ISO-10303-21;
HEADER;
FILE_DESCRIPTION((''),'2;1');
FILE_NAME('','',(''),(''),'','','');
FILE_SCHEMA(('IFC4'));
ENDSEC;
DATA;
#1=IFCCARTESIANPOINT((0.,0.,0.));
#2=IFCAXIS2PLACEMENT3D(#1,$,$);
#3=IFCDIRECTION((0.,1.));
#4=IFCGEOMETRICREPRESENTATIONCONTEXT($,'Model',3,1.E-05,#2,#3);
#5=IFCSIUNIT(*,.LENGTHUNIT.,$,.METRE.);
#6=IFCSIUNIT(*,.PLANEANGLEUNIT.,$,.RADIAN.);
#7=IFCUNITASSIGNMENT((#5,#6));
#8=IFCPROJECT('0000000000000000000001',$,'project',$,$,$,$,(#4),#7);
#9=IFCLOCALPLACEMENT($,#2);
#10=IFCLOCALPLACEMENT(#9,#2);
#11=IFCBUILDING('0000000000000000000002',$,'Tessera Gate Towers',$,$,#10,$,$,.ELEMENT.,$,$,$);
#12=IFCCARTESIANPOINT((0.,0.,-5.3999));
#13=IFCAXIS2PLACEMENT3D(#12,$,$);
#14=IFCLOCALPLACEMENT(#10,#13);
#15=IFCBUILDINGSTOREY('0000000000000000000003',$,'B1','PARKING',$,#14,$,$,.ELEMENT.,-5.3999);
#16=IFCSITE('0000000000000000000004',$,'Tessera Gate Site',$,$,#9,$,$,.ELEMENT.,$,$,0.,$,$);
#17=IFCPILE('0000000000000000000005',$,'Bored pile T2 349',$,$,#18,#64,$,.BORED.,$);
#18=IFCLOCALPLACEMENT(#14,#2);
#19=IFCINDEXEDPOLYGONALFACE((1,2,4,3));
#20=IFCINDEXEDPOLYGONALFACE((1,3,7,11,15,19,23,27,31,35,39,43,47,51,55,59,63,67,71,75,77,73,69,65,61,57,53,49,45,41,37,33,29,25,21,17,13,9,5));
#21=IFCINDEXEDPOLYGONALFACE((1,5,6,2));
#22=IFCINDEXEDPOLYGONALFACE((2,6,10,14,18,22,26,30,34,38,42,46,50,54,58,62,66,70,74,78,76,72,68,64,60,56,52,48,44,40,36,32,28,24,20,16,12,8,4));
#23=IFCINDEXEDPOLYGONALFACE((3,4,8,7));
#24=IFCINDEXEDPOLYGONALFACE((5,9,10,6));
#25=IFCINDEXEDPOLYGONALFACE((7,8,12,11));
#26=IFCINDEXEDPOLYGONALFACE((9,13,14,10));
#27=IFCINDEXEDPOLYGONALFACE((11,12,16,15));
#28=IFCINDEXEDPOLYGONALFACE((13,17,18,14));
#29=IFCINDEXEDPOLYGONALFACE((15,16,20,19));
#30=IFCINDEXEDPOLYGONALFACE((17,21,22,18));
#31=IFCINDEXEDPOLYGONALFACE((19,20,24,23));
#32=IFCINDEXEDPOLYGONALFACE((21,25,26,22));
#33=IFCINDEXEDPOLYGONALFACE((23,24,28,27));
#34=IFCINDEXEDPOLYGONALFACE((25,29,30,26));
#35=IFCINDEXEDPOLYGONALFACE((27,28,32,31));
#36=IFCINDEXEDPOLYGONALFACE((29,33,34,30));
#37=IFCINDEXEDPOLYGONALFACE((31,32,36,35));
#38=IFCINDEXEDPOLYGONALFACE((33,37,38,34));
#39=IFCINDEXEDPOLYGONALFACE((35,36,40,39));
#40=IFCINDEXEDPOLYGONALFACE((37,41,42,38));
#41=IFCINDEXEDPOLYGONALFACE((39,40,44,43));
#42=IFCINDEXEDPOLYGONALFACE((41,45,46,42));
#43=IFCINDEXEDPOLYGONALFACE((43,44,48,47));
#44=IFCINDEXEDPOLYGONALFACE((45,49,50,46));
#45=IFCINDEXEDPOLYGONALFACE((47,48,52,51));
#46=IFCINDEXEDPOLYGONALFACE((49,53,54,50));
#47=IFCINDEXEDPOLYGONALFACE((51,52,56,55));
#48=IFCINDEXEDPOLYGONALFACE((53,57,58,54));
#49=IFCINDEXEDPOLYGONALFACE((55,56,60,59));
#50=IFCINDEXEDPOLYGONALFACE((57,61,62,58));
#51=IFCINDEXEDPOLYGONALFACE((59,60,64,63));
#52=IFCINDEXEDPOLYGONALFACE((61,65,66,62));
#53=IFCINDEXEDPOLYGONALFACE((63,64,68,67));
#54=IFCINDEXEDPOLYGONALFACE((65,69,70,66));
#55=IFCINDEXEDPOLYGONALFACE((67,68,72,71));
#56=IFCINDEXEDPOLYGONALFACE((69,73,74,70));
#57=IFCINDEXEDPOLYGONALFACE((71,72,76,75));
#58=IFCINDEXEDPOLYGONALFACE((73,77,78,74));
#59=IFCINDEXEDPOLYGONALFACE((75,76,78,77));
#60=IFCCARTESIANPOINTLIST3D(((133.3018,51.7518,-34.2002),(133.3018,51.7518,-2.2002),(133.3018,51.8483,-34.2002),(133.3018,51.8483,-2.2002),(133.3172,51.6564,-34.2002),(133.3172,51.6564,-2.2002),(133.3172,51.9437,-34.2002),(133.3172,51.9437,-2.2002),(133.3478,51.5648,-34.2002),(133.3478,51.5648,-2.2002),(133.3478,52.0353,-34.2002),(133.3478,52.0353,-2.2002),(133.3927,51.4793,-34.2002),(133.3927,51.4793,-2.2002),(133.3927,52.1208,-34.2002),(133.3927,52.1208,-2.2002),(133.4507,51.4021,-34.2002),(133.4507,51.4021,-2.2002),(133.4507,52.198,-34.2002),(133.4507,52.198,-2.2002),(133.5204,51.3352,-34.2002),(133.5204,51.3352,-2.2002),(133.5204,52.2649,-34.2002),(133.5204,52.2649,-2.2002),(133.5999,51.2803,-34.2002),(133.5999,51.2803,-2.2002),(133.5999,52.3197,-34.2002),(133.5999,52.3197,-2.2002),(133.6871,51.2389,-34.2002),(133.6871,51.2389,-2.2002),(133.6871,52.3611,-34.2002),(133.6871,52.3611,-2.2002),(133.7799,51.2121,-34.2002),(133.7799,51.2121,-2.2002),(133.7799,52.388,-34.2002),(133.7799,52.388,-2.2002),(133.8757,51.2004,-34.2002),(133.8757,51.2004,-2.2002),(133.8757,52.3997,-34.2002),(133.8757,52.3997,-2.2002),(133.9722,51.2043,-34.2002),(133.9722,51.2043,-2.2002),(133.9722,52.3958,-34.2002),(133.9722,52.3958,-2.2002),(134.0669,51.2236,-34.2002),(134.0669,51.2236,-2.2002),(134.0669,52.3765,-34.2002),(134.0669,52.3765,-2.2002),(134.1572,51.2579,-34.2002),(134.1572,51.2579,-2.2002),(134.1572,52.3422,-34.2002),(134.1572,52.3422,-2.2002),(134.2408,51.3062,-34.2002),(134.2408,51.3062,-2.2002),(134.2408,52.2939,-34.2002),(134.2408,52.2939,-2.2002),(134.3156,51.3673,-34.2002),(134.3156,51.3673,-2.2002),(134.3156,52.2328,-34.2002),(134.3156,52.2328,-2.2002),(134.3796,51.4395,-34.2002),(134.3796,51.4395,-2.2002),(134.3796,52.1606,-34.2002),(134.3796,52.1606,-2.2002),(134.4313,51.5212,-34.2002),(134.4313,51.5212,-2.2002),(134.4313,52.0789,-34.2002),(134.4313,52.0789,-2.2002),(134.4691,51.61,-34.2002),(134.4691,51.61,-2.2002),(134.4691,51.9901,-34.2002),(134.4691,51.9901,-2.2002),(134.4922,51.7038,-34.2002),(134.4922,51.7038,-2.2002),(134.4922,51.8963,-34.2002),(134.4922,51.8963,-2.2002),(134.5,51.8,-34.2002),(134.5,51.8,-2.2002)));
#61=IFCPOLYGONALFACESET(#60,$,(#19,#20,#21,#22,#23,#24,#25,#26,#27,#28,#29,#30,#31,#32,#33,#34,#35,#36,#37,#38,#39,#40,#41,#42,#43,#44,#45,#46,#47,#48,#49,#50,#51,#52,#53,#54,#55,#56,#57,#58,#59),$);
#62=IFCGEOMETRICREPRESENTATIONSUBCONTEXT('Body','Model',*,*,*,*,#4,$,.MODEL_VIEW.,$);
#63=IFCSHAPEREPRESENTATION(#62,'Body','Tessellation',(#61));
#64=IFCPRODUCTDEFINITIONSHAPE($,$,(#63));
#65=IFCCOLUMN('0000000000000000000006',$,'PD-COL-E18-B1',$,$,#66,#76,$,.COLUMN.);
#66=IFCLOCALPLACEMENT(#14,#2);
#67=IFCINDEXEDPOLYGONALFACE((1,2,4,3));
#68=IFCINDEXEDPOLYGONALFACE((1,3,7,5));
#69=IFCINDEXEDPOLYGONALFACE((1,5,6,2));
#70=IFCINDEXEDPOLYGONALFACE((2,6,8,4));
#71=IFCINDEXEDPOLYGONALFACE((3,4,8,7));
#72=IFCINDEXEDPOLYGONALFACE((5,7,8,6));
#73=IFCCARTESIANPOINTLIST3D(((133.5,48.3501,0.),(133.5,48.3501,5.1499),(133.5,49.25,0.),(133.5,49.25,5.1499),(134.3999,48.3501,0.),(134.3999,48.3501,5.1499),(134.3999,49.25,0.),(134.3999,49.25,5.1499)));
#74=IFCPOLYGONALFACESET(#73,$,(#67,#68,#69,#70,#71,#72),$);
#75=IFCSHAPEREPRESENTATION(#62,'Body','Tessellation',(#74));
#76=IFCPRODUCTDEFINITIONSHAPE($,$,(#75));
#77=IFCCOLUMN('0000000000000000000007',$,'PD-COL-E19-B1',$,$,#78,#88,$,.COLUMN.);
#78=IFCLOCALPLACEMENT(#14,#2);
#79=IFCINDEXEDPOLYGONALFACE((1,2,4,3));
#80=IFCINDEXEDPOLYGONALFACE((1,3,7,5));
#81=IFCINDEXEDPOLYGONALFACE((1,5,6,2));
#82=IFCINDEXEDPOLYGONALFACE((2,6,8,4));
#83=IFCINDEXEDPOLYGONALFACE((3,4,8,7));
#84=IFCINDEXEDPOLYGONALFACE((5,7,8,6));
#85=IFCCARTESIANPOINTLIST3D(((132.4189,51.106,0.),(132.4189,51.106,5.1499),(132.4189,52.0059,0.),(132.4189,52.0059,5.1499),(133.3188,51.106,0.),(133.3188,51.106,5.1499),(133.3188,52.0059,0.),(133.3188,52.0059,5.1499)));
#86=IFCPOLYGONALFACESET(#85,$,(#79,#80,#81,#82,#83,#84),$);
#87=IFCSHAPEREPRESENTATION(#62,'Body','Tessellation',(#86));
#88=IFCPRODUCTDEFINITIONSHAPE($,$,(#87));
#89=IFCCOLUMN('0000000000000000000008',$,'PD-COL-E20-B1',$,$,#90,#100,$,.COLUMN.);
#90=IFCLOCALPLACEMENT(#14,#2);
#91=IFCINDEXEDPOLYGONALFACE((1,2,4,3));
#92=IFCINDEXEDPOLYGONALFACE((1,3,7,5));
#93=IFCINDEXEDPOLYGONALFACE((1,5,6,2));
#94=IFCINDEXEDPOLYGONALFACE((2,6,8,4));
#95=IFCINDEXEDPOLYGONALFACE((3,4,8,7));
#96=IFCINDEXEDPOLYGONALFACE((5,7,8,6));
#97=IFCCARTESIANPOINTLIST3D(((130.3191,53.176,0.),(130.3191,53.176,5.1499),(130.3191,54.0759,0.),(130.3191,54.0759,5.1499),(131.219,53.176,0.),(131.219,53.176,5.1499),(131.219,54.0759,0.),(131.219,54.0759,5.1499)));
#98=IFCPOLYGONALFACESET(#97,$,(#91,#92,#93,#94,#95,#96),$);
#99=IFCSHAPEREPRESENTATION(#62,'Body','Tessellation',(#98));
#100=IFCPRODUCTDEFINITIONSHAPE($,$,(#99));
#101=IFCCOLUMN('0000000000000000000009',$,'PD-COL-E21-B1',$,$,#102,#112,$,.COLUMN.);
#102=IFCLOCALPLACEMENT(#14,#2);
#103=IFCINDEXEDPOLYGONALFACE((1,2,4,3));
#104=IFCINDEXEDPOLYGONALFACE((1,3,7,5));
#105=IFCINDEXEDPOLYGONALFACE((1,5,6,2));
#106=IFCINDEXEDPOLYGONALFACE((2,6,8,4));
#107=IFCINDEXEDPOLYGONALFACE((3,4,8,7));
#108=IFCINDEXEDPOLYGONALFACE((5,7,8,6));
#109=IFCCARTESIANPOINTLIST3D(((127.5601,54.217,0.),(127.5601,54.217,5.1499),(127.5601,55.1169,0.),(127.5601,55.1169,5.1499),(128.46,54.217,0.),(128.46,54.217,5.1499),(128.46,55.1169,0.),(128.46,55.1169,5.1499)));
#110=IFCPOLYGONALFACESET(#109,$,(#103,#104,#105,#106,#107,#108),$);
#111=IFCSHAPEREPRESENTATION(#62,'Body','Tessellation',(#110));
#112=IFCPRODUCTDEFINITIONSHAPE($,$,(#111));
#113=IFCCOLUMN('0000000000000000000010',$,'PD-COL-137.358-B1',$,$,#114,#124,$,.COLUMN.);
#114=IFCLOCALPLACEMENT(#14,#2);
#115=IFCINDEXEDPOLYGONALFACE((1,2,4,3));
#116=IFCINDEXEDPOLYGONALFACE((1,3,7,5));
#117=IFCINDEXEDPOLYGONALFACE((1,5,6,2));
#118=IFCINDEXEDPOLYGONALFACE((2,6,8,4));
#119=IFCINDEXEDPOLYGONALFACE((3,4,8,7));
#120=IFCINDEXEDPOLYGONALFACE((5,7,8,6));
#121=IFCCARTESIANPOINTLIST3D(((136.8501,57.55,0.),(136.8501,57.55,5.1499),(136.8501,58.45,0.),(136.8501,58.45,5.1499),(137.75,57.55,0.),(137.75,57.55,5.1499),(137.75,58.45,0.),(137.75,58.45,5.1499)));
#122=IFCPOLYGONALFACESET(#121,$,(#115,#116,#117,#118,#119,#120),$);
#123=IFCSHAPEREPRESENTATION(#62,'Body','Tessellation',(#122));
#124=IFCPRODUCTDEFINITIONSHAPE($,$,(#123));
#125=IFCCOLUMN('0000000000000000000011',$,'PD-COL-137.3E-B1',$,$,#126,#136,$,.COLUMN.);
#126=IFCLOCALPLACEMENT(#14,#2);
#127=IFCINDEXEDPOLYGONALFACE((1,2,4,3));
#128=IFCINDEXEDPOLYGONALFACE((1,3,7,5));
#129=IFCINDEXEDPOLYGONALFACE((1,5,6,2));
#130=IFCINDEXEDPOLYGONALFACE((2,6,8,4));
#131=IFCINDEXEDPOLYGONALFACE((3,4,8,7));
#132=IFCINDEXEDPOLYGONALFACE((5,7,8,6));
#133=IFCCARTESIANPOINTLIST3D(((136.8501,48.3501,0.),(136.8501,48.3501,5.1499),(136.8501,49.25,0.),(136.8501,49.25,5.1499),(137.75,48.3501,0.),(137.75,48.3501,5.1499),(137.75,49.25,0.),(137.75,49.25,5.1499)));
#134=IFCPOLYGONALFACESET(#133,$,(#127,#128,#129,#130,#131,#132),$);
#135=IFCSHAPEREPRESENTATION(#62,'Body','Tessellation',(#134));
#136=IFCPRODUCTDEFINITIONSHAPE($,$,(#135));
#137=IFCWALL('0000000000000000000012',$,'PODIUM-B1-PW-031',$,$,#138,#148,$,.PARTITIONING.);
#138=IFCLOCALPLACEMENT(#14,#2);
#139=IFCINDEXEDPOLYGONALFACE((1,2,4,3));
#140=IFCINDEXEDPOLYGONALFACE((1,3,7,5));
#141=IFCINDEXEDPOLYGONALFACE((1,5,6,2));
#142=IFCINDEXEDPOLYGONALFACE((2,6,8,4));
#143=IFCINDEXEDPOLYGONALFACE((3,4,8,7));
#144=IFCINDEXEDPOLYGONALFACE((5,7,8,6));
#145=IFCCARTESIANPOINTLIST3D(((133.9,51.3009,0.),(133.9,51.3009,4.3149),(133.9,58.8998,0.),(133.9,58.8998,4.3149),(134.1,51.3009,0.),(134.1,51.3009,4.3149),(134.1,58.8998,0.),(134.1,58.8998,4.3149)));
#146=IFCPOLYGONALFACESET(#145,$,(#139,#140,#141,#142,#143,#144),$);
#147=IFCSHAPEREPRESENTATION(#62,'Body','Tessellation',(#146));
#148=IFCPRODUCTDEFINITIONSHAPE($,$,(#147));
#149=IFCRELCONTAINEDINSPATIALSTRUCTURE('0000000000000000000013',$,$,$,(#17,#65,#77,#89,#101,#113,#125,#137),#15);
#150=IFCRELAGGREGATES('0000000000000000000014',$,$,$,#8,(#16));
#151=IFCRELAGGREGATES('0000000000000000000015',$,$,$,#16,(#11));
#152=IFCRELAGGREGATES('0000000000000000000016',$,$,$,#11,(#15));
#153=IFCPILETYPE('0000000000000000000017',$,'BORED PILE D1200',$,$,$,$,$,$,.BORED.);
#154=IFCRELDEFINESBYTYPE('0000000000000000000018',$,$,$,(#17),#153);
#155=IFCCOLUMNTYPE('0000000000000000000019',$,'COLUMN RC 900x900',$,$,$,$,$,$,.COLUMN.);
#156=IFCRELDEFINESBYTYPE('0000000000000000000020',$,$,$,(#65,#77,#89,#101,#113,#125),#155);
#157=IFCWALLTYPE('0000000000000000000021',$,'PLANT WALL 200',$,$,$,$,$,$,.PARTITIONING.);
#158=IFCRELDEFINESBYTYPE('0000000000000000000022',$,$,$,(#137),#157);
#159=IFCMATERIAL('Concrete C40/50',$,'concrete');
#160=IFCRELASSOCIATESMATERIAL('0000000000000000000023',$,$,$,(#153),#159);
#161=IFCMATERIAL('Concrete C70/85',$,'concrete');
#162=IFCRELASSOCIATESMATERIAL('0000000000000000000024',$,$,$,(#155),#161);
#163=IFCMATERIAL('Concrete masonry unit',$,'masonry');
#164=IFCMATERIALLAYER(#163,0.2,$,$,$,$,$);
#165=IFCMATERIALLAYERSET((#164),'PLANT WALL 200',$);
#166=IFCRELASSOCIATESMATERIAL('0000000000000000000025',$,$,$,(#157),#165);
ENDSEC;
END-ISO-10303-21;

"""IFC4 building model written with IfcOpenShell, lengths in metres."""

from ifc_helpers import new_model, si_unit, direction, frame, frame_2d, origin, origin_2d, place, context, subcontext, project, spatial, rectangle, circle, extrude, material, layer, layer_set, material_profile, profile_set, type_object, element, save


model = new_model("IFC4")

# Units and contexts
model_context = context("Model", 3, precision=1e-05, world=origin(), true_north=direction((0.0, 1.0)))
body_context = subcontext(model_context, "Body", "Model", "MODEL_VIEW")
ifc_project = project(units=[si_unit("LENGTHUNIT", "METRE"), si_unit("PLANEANGLEUNIT", "RADIAN")], contexts=[model_context])

# Site, building, storey
site_placement = place(None, origin())
site = spatial("IfcSite", under=ifc_project, at=site_placement, Name="Tessera Gate Site", CompositionType="ELEMENT", RefElevation=0.0)
building_placement = place(site_placement, origin())
building = spatial("IfcBuilding", under=site, at=building_placement, Name="Tessera Gate Towers", CompositionType="ELEMENT")
storey_placement = place(building_placement, frame((0.0, 0.0, -5.3999)))
storey = spatial("IfcBuildingStorey", under=building, at=storey_placement, Name="B1", Description="PARKING", CompositionType="ELEMENT", Elevation=-5.3999)

# Pile
ifc_material_1 = material(Name="Concrete C40/50", Category="concrete")
ifc_material_profile_1 = material_profile(ifc_material_1, circle(Radius=0.6001, at=origin_2d()), Name="BORED PILE D1200")
ifc_profile_set_1 = profile_set([ifc_material_profile_1], Name="Concrete C40/50")
pile_type = type_object("IfcPileType", Name="BORED PILE D1200", PredefinedType="BORED", material=ifc_profile_set_1)
for number, where, z_axis, x_axis, name in (
    (1, (133.8999, 51.8, -2.2002), (0.0, 0.0, -1.0), (1.0, 0.0, 0.0), "Bored pile T2 349"),
):
    element("IfcPile", number, at=place(storey_placement, frame(where, z_axis=z_axis, x_axis=x_axis)), inside=storey, type_object=pile_type, Name=name, PredefinedType="BORED", context=body_context, shape_type="SweptSolid", body=[
        extrude(circle(Radius=0.6001, at=origin_2d()), origin(), (0.0, 0.0, 1.0), 32.0),
    ])

# Columns
ifc_material_2 = material(Name="Concrete C70/85", Category="concrete")
ifc_material_profile_2 = material_profile(ifc_material_2, rectangle(XDim=0.8999, YDim=0.8999, at=origin_2d()), Name="RC 900x900")
ifc_profile_set_2 = profile_set([ifc_material_profile_2], Name="Concrete C70/85")
column_type = type_object("IfcColumnType", Name="COLUMN RC 900x900", PredefinedType="COLUMN", material=ifc_profile_set_2)
for number, where, z_axis, x_axis, name in (
    (2, (133.95, 48.8, 0.0), (0.0, 0.0, 1.0), (1.0, 0.0, 0.0), "PD-COL-E18-B1"),
    (3, (132.8689, 51.5559, 0.0), (0.0, 0.0, 1.0), (1.0, 0.0, 0.0), "PD-COL-E19-B1"),
    (4, (130.769, 53.626, 0.0), (0.0, 0.0, 1.0), (1.0, 0.0, 0.0), "PD-COL-E20-B1"),
    (5, (128.01, 54.667, 0.0), (0.0, 0.0, 1.0), (1.0, 0.0, 0.0), "PD-COL-E21-B1"),
    (6, (137.3, 58.0, 0.0), (0.0, 0.0, 1.0), (1.0, 0.0, 0.0), "PD-COL-137.358-B1"),
    (7, (137.3, 48.8, 0.0), (0.0, 0.0, 1.0), (1.0, 0.0, 0.0), "PD-COL-137.3E-B1"),
):
    element("IfcColumn", number, at=place(storey_placement, frame(where, z_axis=z_axis, x_axis=x_axis)), inside=storey, type_object=column_type, Name=name, PredefinedType="COLUMN", context=body_context, shape_type="SweptSolid", body=[
        extrude(rectangle(XDim=0.8999, YDim=0.8999, at=origin_2d()), origin(), (0.0, 0.0, 1.0), 5.1499),
    ])

# Wall
ifc_material_3 = material(Name="Concrete masonry unit", Category="masonry")
ifc_layer = layer(ifc_material_3, 0.2)
ifc_layer_set = layer_set([ifc_layer], Name="PLANT WALL 200")
wall_type = type_object("IfcWallType", Name="PLANT WALL 200", PredefinedType="PARTITIONING", material=ifc_layer_set)
wall_1_placement = place(storey_placement, frame((134.0, 51.301, 0.0), z_axis=(0.0, 0.0, 1.0), x_axis=(0.0, 1.0, 0.0)))
element("IfcWall", 8, at=wall_1_placement, inside=storey, type_object=wall_type, Name="PODIUM-B1-PW-031", PredefinedType="PARTITIONING", context=body_context, shape_type="SweptSolid", body=[
    extrude(rectangle(XDim=7.5989, YDim=0.2, at=frame_2d((3.7993, 0.0))), origin(), (0.0, 0.0, 1.0), 4.3149),
])

save(model, "model.ifc")
